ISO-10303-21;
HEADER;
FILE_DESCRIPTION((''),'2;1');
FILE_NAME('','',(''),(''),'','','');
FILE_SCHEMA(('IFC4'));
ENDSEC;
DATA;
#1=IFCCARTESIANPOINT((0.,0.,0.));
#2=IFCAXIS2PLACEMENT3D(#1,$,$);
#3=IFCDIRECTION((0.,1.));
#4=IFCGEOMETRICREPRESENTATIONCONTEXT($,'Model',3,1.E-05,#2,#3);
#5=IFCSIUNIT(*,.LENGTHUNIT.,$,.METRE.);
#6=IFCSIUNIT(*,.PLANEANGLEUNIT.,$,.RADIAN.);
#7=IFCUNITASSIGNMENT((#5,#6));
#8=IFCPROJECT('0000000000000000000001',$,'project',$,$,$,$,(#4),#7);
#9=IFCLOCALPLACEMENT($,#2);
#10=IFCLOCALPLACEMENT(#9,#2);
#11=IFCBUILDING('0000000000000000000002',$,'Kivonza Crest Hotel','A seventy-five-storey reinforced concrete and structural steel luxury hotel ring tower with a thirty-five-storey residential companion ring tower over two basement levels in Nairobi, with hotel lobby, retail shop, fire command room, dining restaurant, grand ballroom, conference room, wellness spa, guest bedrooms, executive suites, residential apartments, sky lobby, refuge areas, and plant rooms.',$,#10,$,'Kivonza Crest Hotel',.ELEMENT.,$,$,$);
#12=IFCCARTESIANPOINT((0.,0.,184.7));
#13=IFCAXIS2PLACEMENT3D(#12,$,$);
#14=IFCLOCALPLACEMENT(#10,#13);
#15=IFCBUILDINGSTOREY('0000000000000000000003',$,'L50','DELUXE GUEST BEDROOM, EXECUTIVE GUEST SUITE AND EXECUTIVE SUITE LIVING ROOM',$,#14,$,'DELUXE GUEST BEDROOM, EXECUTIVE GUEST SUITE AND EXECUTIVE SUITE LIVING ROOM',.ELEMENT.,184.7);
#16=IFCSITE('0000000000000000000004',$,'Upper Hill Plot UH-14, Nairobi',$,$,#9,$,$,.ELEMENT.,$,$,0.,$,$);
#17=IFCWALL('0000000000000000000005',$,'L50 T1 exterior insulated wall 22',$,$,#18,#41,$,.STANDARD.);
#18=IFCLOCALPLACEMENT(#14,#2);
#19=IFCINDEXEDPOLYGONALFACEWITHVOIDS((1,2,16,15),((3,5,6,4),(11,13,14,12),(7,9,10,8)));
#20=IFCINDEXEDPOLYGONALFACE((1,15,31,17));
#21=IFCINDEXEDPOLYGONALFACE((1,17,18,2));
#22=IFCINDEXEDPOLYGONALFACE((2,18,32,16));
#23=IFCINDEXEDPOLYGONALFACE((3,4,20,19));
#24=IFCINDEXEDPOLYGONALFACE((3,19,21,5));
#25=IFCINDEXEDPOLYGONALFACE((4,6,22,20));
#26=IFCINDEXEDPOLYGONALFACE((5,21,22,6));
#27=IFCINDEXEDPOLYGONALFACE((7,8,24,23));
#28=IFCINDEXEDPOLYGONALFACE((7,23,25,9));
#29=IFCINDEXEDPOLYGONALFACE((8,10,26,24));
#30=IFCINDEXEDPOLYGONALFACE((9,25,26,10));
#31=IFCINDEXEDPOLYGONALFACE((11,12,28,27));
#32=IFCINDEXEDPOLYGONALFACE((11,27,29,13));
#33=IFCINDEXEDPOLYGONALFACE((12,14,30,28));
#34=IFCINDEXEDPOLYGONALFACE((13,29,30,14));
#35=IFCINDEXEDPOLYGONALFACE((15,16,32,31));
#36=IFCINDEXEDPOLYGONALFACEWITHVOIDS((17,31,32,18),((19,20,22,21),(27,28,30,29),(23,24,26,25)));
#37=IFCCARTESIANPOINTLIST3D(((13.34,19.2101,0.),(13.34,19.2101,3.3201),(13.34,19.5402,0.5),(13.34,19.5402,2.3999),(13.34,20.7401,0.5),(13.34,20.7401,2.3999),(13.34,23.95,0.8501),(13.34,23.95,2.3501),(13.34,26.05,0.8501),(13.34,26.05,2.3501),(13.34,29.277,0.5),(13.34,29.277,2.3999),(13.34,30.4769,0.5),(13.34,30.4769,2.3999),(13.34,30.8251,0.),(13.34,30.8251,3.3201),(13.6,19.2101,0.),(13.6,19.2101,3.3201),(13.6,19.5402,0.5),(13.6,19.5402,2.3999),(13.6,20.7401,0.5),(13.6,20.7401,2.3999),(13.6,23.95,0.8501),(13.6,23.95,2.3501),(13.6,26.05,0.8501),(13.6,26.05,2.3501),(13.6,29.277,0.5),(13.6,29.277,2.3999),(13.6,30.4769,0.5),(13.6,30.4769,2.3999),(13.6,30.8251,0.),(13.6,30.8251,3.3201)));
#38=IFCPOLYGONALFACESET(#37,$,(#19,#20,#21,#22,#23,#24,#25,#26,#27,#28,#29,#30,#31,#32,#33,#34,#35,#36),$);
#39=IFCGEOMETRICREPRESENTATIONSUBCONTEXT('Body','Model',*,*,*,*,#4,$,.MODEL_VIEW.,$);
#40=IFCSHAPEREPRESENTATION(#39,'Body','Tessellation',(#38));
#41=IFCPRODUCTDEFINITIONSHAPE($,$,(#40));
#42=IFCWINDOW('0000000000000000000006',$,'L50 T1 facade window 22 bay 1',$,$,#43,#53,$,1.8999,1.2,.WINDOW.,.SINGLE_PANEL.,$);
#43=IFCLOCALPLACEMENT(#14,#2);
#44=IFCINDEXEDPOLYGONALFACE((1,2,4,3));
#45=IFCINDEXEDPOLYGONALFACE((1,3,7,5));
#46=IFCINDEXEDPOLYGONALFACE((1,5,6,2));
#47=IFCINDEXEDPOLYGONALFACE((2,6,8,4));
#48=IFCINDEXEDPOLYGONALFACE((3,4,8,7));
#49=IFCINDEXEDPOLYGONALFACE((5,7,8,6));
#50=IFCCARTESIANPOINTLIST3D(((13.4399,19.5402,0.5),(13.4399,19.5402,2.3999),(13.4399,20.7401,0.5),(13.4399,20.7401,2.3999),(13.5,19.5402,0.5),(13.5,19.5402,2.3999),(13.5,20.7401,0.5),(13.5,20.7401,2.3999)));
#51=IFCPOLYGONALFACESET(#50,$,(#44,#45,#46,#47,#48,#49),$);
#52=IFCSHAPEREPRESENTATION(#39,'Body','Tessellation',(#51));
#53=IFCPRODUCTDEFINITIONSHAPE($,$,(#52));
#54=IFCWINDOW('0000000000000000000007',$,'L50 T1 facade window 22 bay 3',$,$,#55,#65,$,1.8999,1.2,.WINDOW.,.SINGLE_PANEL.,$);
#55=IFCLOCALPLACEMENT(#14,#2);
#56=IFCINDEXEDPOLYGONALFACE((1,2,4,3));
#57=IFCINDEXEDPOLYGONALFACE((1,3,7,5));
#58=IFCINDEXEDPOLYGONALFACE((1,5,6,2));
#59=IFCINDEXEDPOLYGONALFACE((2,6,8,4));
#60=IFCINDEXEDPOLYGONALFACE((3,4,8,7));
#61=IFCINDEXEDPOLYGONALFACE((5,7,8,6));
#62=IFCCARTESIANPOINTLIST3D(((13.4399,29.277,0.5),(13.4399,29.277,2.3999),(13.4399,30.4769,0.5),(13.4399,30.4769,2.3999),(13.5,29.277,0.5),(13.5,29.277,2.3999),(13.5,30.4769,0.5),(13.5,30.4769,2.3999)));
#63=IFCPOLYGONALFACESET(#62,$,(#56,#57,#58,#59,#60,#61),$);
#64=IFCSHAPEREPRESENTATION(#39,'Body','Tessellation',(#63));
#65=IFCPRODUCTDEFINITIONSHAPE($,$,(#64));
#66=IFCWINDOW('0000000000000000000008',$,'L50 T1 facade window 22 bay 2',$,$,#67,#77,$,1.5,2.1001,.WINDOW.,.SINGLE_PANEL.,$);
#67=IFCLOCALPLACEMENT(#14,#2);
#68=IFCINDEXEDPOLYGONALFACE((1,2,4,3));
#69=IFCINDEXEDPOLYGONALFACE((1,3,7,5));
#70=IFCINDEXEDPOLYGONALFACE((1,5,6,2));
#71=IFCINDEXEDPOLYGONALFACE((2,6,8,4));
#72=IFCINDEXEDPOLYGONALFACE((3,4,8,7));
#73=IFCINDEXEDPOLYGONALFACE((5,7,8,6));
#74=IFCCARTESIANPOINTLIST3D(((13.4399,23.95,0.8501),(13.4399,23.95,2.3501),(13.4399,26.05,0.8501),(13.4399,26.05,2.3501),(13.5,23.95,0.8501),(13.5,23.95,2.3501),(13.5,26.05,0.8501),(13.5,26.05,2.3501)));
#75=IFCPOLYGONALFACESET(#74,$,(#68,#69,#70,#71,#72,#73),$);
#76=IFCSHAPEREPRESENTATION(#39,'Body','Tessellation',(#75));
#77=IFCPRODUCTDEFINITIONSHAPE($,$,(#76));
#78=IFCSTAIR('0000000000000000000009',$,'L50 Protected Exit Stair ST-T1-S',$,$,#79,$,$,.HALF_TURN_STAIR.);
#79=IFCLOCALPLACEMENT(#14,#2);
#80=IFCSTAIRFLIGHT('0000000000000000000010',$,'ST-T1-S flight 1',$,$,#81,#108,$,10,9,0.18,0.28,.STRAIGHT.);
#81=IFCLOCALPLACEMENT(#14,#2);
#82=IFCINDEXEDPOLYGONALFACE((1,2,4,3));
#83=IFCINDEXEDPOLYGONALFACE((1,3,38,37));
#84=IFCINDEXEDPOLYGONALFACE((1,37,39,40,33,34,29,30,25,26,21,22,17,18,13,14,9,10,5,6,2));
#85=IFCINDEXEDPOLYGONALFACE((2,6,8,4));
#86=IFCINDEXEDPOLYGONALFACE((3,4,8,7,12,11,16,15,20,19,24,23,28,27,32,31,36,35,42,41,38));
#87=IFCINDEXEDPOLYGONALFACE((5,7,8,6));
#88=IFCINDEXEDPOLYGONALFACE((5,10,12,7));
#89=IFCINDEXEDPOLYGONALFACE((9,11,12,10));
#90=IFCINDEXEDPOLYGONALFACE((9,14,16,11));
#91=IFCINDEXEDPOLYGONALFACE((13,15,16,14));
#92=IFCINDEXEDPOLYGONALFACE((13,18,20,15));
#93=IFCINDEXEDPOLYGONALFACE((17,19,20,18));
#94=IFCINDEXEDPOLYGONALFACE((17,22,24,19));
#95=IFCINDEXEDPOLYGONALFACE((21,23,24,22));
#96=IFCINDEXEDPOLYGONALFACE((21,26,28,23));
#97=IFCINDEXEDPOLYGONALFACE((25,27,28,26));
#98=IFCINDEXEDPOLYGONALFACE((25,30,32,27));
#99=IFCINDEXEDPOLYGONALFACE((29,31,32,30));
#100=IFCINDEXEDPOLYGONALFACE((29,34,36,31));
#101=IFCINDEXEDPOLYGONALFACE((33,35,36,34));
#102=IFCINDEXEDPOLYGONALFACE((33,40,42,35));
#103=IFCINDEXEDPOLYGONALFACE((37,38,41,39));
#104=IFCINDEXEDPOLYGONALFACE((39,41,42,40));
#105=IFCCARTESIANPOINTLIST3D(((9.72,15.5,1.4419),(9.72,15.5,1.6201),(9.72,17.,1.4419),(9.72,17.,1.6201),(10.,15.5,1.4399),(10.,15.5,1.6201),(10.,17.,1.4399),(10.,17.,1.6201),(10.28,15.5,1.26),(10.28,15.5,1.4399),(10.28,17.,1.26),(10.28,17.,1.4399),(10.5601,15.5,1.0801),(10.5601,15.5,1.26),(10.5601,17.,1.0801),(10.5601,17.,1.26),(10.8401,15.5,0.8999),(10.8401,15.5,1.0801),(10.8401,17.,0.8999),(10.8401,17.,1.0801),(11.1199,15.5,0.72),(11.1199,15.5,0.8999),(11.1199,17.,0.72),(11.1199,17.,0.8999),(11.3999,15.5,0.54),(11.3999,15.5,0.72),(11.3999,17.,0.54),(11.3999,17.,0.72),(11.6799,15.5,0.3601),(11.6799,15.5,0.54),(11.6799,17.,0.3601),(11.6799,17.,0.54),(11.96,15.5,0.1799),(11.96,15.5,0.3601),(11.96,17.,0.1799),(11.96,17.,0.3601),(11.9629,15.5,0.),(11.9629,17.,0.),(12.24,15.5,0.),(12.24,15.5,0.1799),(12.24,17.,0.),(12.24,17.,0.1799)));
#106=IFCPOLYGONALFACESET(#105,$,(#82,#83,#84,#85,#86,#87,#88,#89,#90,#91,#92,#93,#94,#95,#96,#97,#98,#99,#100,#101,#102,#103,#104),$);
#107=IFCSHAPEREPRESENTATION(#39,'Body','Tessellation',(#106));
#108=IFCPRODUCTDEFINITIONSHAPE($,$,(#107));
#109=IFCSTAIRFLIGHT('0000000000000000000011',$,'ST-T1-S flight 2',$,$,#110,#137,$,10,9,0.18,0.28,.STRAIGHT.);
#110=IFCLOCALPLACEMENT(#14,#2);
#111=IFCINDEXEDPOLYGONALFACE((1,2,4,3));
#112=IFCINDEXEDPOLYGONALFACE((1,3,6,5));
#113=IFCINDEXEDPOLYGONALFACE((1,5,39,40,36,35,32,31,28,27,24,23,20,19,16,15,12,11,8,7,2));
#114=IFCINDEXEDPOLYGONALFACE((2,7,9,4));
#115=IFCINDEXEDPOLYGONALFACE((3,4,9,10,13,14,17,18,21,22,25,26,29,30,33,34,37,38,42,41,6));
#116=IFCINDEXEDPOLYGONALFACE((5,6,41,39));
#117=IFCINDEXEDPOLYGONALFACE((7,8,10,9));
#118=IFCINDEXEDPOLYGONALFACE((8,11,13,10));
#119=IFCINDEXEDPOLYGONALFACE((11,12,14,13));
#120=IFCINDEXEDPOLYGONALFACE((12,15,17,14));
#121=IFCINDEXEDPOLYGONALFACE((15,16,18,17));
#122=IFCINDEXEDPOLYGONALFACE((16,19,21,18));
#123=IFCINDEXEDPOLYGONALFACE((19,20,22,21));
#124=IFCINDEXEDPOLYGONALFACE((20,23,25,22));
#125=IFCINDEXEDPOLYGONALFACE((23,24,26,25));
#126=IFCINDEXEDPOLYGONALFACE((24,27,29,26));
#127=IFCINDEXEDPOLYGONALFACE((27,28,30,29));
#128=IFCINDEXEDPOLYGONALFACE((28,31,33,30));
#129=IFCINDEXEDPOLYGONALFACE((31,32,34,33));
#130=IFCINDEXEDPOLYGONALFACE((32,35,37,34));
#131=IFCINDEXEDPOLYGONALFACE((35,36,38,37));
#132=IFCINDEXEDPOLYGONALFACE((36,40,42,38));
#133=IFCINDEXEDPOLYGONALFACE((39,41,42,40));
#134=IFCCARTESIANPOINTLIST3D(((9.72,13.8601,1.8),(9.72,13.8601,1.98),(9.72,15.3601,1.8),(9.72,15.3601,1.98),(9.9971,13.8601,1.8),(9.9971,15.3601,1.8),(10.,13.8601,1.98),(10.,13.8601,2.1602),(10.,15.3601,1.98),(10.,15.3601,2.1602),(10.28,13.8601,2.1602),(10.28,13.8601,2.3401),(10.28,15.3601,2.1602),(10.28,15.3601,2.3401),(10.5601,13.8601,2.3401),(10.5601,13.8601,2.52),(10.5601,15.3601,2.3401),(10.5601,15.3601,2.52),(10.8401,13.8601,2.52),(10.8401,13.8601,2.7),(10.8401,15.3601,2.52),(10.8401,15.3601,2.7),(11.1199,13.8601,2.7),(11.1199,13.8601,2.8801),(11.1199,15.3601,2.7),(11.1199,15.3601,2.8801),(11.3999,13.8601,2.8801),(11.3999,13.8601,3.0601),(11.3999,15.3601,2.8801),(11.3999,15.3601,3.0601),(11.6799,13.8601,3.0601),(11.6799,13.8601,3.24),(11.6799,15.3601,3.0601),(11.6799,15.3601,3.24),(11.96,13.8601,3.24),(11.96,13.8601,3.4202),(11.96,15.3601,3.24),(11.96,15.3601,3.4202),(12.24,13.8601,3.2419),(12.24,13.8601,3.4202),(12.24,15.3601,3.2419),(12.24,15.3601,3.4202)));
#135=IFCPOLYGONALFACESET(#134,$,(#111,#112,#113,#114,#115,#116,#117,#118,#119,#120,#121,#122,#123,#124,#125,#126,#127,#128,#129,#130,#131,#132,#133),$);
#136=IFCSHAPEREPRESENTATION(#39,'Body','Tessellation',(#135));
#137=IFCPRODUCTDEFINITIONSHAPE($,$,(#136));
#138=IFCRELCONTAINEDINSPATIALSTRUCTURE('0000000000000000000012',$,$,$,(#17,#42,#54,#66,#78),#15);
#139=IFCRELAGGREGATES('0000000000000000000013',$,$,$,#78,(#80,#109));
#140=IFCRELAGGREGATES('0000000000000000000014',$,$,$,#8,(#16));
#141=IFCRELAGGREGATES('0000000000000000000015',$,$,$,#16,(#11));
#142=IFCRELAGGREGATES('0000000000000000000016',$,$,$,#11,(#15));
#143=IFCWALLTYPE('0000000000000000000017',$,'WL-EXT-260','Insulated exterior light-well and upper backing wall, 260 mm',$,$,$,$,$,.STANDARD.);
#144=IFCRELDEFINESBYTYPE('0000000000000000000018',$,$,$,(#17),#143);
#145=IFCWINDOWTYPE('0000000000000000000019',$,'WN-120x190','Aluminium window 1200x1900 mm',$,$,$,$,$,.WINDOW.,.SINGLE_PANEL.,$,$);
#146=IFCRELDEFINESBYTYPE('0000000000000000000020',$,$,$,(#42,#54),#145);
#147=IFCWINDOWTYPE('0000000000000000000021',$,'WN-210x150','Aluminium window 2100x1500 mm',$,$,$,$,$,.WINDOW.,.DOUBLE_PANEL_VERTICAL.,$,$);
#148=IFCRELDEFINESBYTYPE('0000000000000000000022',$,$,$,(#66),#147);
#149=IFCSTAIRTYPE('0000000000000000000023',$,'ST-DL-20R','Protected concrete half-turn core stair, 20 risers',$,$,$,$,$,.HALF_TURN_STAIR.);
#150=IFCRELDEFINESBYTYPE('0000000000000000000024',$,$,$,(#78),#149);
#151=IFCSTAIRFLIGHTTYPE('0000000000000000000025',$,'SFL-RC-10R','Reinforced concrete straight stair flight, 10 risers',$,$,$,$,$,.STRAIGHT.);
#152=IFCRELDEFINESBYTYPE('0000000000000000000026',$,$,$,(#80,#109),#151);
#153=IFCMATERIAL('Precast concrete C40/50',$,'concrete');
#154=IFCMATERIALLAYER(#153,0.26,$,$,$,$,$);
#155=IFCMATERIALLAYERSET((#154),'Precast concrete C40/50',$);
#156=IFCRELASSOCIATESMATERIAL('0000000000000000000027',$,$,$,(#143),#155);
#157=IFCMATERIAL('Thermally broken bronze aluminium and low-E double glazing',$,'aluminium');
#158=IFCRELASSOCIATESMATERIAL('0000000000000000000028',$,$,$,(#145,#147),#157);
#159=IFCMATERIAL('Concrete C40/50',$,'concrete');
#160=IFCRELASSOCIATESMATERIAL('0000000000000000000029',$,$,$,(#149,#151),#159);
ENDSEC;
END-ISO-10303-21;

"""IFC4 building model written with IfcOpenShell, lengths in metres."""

from ifc_helpers import new_model, si_unit, direction, frame, frame_2d, origin, place, context, subcontext, project, spatial, polyline, rectangle, outline, extrude, material, layer, layer_set, type_object, element, fill, aggregate, save


model = new_model("IFC4")

# Units and contexts
model_context = context("Model", 3, precision=1e-05, world=origin(), true_north=direction((0.0, 1.0)))
body_context = subcontext(model_context, "Body", "Model", "MODEL_VIEW")
ifc_project = project(units=[si_unit("LENGTHUNIT", "METRE"), si_unit("PLANEANGLEUNIT", "RADIAN")], contexts=[model_context])

# Site, building, storey
site_placement = place(None, origin())
site = spatial("IfcSite", under=ifc_project, at=site_placement, Name="Upper Hill Plot UH-14, Nairobi", CompositionType="ELEMENT", RefElevation=0.0)
building_placement = place(site_placement, origin())
building = spatial("IfcBuilding", under=site, at=building_placement, Name="Kivonza Crest Hotel", Description="A seventy-five-storey reinforced concrete and structural steel luxury hotel ring tower with a thirty-five-storey residential companion ring tower over two basement levels in Nairobi, with hotel lobby, retail shop, fire command room, dining restaurant, grand ballroom, conference room, wellness spa, guest bedrooms, executive suites, residential apartments, sky lobby, refuge areas, and plant rooms.", LongName="Kivonza Crest Hotel", CompositionType="ELEMENT")
storey_placement = place(building_placement, frame((0.0, 0.0, 184.7)))
storey = spatial("IfcBuildingStorey", under=building, at=storey_placement, Name="L50", Description="DELUXE GUEST BEDROOM, EXECUTIVE GUEST SUITE AND EXECUTIVE SUITE LIVING ROOM", LongName="DELUXE GUEST BEDROOM, EXECUTIVE GUEST SUITE AND EXECUTIVE SUITE LIVING ROOM", CompositionType="ELEMENT", Elevation=184.7)

# Shared definitions
ifc_material_1 = material(Name="Precast concrete C40/50", Category="concrete")
ifc_layer_1 = layer(ifc_material_1, 0.26)
ifc_layer_set_1 = layer_set([ifc_layer_1], Name="Precast concrete C40/50")
wall_type_1 = type_object("IfcWallType", Name="WL-EXT-260", Description="Insulated exterior light-well and upper backing wall, 260 mm", PredefinedType="STANDARD", material=ifc_layer_set_1)
ifc_material_2 = material(Name="Thermally broken bronze aluminium and low-E double glazing", Category="aluminium")

# Wall, openings, windows
wall_1_placement = place(storey_placement, frame((13.47, 19.21, 0.0), z_axis=(0.0, 0.0, 1.0), x_axis=(0.0, 1.0, 0.0)))
wall_1 = element("IfcWall", 1, at=wall_1_placement, inside=storey, type_object=wall_type_1, Name="L50 T1 exterior insulated wall 22", PredefinedType="STANDARD", context=body_context, shape_type="SweptSolid", body=[
    extrude(rectangle(XDim=11.615, YDim=0.26, at=frame_2d((5.8076, 0.0))), origin(), (0.0, 0.0, 1.0), 3.3201),
])
opening_1_placement = place(wall_1_placement, frame((0.3301, 0.0, 0.5)))
opening_1 = element("IfcOpeningElement", 2, at=opening_1_placement, cuts=wall_1, PredefinedType="OPENING", context=body_context, shape_type="SweptSolid", body=[
    extrude(rectangle(XDim=1.2, YDim=1.8999, at=frame_2d((0.6001, 0.95))), frame((0.0, 0.1401, 0.0), z_axis=(0.0, -1.0, 0.0), x_axis=(1.0, 0.0, 0.0)), (0.0, 0.0, 1.0), 0.28),
])
opening_2_placement = place(wall_1_placement, frame((4.74, 0.0, 0.8501)))
opening_2 = element("IfcOpeningElement", 3, at=opening_2_placement, cuts=wall_1, PredefinedType="OPENING", context=body_context, shape_type="SweptSolid", body=[
    extrude(rectangle(XDim=2.1001, YDim=1.5, at=frame_2d((1.05, 0.75))), frame((0.0, 0.1401, 0.0), z_axis=(0.0, -1.0, 0.0), x_axis=(1.0, 0.0, 0.0)), (0.0, 0.0, 1.0), 0.28),
])
opening_3_placement = place(wall_1_placement, frame((10.0669, 0.0, 0.5)))
opening_3 = element("IfcOpeningElement", 4, at=opening_3_placement, cuts=wall_1, PredefinedType="OPENING", context=body_context, shape_type="SweptSolid", body=[
    extrude(rectangle(XDim=1.2, YDim=1.8999, at=frame_2d((0.6001, 0.95))), frame((0.0, 0.1401, 0.0), z_axis=(0.0, -1.0, 0.0), x_axis=(1.0, 0.0, 0.0)), (0.0, 0.0, 1.0), 0.28),
])
window_type_1 = type_object("IfcWindowType", Name="WN-120x190", Description="Aluminium window 1200x1900 mm", PartitioningType="SINGLE_PANEL", PredefinedType="WINDOW", material=ifc_material_2)
window_1_placement = place(opening_1_placement, origin())
window_1 = element("IfcWindow", 5, at=window_1_placement, inside=storey, type_object=window_type_1, Name="L50 T1 facade window 22 bay 1", OverallHeight=1.8999, OverallWidth=1.2, PartitioningType="SINGLE_PANEL", PredefinedType="WINDOW", context=body_context, shape_type="SweptSolid", body=[
    extrude(rectangle(XDim=1.2, YDim=1.8999, at=frame_2d((0.6001, 0.95))), frame((0.0, 0.03, 0.0), z_axis=(0.0, -1.0, 0.0), x_axis=(1.0, 0.0, 0.0)), (0.0, 0.0, 1.0), 0.0601),
])
fill(opening_1, window_1)
window_2_placement = place(opening_3_placement, origin())
window_2 = element("IfcWindow", 6, at=window_2_placement, inside=storey, type_object=window_type_1, Name="L50 T1 facade window 22 bay 3", OverallHeight=1.8999, OverallWidth=1.2, PartitioningType="SINGLE_PANEL", PredefinedType="WINDOW", context=body_context, shape_type="SweptSolid", body=[
    extrude(rectangle(XDim=1.2, YDim=1.8999, at=frame_2d((0.6001, 0.95))), frame((0.0, 0.03, 0.0), z_axis=(0.0, -1.0, 0.0), x_axis=(1.0, 0.0, 0.0)), (0.0, 0.0, 1.0), 0.0601),
])
fill(opening_3, window_2)
window_type_2 = type_object("IfcWindowType", Name="WN-210x150", Description="Aluminium window 2100x1500 mm", PartitioningType="DOUBLE_PANEL_VERTICAL", PredefinedType="WINDOW", material=ifc_material_2)
window_3_placement = place(opening_2_placement, origin())
window_3 = element("IfcWindow", 7, at=window_3_placement, inside=storey, type_object=window_type_2, Name="L50 T1 facade window 22 bay 2", OverallHeight=1.5, OverallWidth=2.1001, PartitioningType="SINGLE_PANEL", PredefinedType="WINDOW", context=body_context, shape_type="SweptSolid", body=[
    extrude(rectangle(XDim=2.1001, YDim=1.5, at=frame_2d((1.05, 0.75))), frame((0.0, 0.03, 0.0), z_axis=(0.0, -1.0, 0.0), x_axis=(1.0, 0.0, 0.0)), (0.0, 0.0, 1.0), 0.0601),
])
fill(opening_2, window_3)

# Stair, stair flights
ifc_material_3 = material(Name="Concrete C40/50", Category="concrete")
stair_type = type_object("IfcStairType", Name="ST-DL-20R", Description="Protected concrete half-turn core stair, 20 risers", PredefinedType="HALF_TURN_STAIR", material=ifc_material_3)
stair_placement = place(storey_placement, origin())
stair = element("IfcStair", 8, at=stair_placement, inside=storey, type_object=stair_type, Name="L50 Protected Exit Stair ST-T1-S", PredefinedType="HALF_TURN_STAIR")
stair_flight_type = type_object("IfcStairFlightType", Name="SFL-RC-10R", Description="Reinforced concrete straight stair flight, 10 risers", PredefinedType="STRAIGHT", material=ifc_material_3)
stair_flight_1_placement = place(storey_placement, frame((12.24, 16.25, 0.0), z_axis=(0.0, 0.0, 1.0), x_axis=(-1.0, 0.0, 0.0)))
stair_flight_1 = element("IfcStairFlight", 9, at=stair_flight_1_placement, type_object=stair_flight_type, Name="ST-T1-S flight 1", NumberOfRisers=10, NumberOfTreads=9, PredefinedType="STRAIGHT", RiserHeight=0.18, TreadLength=0.28, context=body_context, shape_type="SweptSolid", body=[
    extrude(outline(polyline([(0.0, 0.0), (0.0, 0.1799), (0.28, 0.1799), (0.28, 0.3601), (0.5601, 0.3601), (0.5601, 0.54), (0.8401, 0.54), (0.8401, 0.72), (1.1201, 0.72), (1.1201, 0.8999), (1.3999, 0.8999), (1.3999, 1.0801), (1.6799, 1.0801), (1.6799, 1.26), (1.96, 1.26), (1.96, 1.4399), (2.24, 1.4399), (2.24, 1.6201), (2.52, 1.6201), (2.52, 1.8), (2.52, 1.4419), (0.2771, 0.0), (0.0, 0.0)])), frame((0.0, 0.75, 0.0), z_axis=(0.0, -1.0, 0.0), x_axis=(1.0, 0.0, 0.0)), (0.0, 0.0, 1.0), 1.5),
])
stair_flight_2_placement = place(storey_placement, frame((9.72, 14.6101, 1.8), z_axis=(0.0, 0.0, 1.0), x_axis=(1.0, 0.0, 0.0)))
stair_flight_2 = element("IfcStairFlight", 10, at=stair_flight_2_placement, type_object=stair_flight_type, Name="ST-T1-S flight 2", NumberOfRisers=10, NumberOfTreads=9, PredefinedType="STRAIGHT", RiserHeight=0.18, TreadLength=0.28, context=body_context, shape_type="SweptSolid", body=[
    extrude(outline(polyline([(0.0, 0.0), (0.0, 0.1799), (0.28, 0.1799), (0.28, 0.3601), (0.5601, 0.3601), (0.5601, 0.54), (0.8401, 0.54), (0.8401, 0.72), (1.1201, 0.72), (1.1201, 0.8999), (1.3999, 0.8999), (1.3999, 1.0801), (1.6799, 1.0801), (1.6799, 1.26), (1.96, 1.26), (1.96, 1.4399), (2.24, 1.4399), (2.24, 1.6201), (2.52, 1.6201), (2.52, 1.8), (2.52, 1.4419), (0.2771, 0.0), (0.0, 0.0)])), frame((0.0, 0.75, 0.0), z_axis=(0.0, -1.0, 0.0), x_axis=(1.0, 0.0, 0.0)), (0.0, 0.0, 1.0), 1.5),
])
aggregate(stair, [stair_flight_1, stair_flight_2])

save(model, "model.ifc")
